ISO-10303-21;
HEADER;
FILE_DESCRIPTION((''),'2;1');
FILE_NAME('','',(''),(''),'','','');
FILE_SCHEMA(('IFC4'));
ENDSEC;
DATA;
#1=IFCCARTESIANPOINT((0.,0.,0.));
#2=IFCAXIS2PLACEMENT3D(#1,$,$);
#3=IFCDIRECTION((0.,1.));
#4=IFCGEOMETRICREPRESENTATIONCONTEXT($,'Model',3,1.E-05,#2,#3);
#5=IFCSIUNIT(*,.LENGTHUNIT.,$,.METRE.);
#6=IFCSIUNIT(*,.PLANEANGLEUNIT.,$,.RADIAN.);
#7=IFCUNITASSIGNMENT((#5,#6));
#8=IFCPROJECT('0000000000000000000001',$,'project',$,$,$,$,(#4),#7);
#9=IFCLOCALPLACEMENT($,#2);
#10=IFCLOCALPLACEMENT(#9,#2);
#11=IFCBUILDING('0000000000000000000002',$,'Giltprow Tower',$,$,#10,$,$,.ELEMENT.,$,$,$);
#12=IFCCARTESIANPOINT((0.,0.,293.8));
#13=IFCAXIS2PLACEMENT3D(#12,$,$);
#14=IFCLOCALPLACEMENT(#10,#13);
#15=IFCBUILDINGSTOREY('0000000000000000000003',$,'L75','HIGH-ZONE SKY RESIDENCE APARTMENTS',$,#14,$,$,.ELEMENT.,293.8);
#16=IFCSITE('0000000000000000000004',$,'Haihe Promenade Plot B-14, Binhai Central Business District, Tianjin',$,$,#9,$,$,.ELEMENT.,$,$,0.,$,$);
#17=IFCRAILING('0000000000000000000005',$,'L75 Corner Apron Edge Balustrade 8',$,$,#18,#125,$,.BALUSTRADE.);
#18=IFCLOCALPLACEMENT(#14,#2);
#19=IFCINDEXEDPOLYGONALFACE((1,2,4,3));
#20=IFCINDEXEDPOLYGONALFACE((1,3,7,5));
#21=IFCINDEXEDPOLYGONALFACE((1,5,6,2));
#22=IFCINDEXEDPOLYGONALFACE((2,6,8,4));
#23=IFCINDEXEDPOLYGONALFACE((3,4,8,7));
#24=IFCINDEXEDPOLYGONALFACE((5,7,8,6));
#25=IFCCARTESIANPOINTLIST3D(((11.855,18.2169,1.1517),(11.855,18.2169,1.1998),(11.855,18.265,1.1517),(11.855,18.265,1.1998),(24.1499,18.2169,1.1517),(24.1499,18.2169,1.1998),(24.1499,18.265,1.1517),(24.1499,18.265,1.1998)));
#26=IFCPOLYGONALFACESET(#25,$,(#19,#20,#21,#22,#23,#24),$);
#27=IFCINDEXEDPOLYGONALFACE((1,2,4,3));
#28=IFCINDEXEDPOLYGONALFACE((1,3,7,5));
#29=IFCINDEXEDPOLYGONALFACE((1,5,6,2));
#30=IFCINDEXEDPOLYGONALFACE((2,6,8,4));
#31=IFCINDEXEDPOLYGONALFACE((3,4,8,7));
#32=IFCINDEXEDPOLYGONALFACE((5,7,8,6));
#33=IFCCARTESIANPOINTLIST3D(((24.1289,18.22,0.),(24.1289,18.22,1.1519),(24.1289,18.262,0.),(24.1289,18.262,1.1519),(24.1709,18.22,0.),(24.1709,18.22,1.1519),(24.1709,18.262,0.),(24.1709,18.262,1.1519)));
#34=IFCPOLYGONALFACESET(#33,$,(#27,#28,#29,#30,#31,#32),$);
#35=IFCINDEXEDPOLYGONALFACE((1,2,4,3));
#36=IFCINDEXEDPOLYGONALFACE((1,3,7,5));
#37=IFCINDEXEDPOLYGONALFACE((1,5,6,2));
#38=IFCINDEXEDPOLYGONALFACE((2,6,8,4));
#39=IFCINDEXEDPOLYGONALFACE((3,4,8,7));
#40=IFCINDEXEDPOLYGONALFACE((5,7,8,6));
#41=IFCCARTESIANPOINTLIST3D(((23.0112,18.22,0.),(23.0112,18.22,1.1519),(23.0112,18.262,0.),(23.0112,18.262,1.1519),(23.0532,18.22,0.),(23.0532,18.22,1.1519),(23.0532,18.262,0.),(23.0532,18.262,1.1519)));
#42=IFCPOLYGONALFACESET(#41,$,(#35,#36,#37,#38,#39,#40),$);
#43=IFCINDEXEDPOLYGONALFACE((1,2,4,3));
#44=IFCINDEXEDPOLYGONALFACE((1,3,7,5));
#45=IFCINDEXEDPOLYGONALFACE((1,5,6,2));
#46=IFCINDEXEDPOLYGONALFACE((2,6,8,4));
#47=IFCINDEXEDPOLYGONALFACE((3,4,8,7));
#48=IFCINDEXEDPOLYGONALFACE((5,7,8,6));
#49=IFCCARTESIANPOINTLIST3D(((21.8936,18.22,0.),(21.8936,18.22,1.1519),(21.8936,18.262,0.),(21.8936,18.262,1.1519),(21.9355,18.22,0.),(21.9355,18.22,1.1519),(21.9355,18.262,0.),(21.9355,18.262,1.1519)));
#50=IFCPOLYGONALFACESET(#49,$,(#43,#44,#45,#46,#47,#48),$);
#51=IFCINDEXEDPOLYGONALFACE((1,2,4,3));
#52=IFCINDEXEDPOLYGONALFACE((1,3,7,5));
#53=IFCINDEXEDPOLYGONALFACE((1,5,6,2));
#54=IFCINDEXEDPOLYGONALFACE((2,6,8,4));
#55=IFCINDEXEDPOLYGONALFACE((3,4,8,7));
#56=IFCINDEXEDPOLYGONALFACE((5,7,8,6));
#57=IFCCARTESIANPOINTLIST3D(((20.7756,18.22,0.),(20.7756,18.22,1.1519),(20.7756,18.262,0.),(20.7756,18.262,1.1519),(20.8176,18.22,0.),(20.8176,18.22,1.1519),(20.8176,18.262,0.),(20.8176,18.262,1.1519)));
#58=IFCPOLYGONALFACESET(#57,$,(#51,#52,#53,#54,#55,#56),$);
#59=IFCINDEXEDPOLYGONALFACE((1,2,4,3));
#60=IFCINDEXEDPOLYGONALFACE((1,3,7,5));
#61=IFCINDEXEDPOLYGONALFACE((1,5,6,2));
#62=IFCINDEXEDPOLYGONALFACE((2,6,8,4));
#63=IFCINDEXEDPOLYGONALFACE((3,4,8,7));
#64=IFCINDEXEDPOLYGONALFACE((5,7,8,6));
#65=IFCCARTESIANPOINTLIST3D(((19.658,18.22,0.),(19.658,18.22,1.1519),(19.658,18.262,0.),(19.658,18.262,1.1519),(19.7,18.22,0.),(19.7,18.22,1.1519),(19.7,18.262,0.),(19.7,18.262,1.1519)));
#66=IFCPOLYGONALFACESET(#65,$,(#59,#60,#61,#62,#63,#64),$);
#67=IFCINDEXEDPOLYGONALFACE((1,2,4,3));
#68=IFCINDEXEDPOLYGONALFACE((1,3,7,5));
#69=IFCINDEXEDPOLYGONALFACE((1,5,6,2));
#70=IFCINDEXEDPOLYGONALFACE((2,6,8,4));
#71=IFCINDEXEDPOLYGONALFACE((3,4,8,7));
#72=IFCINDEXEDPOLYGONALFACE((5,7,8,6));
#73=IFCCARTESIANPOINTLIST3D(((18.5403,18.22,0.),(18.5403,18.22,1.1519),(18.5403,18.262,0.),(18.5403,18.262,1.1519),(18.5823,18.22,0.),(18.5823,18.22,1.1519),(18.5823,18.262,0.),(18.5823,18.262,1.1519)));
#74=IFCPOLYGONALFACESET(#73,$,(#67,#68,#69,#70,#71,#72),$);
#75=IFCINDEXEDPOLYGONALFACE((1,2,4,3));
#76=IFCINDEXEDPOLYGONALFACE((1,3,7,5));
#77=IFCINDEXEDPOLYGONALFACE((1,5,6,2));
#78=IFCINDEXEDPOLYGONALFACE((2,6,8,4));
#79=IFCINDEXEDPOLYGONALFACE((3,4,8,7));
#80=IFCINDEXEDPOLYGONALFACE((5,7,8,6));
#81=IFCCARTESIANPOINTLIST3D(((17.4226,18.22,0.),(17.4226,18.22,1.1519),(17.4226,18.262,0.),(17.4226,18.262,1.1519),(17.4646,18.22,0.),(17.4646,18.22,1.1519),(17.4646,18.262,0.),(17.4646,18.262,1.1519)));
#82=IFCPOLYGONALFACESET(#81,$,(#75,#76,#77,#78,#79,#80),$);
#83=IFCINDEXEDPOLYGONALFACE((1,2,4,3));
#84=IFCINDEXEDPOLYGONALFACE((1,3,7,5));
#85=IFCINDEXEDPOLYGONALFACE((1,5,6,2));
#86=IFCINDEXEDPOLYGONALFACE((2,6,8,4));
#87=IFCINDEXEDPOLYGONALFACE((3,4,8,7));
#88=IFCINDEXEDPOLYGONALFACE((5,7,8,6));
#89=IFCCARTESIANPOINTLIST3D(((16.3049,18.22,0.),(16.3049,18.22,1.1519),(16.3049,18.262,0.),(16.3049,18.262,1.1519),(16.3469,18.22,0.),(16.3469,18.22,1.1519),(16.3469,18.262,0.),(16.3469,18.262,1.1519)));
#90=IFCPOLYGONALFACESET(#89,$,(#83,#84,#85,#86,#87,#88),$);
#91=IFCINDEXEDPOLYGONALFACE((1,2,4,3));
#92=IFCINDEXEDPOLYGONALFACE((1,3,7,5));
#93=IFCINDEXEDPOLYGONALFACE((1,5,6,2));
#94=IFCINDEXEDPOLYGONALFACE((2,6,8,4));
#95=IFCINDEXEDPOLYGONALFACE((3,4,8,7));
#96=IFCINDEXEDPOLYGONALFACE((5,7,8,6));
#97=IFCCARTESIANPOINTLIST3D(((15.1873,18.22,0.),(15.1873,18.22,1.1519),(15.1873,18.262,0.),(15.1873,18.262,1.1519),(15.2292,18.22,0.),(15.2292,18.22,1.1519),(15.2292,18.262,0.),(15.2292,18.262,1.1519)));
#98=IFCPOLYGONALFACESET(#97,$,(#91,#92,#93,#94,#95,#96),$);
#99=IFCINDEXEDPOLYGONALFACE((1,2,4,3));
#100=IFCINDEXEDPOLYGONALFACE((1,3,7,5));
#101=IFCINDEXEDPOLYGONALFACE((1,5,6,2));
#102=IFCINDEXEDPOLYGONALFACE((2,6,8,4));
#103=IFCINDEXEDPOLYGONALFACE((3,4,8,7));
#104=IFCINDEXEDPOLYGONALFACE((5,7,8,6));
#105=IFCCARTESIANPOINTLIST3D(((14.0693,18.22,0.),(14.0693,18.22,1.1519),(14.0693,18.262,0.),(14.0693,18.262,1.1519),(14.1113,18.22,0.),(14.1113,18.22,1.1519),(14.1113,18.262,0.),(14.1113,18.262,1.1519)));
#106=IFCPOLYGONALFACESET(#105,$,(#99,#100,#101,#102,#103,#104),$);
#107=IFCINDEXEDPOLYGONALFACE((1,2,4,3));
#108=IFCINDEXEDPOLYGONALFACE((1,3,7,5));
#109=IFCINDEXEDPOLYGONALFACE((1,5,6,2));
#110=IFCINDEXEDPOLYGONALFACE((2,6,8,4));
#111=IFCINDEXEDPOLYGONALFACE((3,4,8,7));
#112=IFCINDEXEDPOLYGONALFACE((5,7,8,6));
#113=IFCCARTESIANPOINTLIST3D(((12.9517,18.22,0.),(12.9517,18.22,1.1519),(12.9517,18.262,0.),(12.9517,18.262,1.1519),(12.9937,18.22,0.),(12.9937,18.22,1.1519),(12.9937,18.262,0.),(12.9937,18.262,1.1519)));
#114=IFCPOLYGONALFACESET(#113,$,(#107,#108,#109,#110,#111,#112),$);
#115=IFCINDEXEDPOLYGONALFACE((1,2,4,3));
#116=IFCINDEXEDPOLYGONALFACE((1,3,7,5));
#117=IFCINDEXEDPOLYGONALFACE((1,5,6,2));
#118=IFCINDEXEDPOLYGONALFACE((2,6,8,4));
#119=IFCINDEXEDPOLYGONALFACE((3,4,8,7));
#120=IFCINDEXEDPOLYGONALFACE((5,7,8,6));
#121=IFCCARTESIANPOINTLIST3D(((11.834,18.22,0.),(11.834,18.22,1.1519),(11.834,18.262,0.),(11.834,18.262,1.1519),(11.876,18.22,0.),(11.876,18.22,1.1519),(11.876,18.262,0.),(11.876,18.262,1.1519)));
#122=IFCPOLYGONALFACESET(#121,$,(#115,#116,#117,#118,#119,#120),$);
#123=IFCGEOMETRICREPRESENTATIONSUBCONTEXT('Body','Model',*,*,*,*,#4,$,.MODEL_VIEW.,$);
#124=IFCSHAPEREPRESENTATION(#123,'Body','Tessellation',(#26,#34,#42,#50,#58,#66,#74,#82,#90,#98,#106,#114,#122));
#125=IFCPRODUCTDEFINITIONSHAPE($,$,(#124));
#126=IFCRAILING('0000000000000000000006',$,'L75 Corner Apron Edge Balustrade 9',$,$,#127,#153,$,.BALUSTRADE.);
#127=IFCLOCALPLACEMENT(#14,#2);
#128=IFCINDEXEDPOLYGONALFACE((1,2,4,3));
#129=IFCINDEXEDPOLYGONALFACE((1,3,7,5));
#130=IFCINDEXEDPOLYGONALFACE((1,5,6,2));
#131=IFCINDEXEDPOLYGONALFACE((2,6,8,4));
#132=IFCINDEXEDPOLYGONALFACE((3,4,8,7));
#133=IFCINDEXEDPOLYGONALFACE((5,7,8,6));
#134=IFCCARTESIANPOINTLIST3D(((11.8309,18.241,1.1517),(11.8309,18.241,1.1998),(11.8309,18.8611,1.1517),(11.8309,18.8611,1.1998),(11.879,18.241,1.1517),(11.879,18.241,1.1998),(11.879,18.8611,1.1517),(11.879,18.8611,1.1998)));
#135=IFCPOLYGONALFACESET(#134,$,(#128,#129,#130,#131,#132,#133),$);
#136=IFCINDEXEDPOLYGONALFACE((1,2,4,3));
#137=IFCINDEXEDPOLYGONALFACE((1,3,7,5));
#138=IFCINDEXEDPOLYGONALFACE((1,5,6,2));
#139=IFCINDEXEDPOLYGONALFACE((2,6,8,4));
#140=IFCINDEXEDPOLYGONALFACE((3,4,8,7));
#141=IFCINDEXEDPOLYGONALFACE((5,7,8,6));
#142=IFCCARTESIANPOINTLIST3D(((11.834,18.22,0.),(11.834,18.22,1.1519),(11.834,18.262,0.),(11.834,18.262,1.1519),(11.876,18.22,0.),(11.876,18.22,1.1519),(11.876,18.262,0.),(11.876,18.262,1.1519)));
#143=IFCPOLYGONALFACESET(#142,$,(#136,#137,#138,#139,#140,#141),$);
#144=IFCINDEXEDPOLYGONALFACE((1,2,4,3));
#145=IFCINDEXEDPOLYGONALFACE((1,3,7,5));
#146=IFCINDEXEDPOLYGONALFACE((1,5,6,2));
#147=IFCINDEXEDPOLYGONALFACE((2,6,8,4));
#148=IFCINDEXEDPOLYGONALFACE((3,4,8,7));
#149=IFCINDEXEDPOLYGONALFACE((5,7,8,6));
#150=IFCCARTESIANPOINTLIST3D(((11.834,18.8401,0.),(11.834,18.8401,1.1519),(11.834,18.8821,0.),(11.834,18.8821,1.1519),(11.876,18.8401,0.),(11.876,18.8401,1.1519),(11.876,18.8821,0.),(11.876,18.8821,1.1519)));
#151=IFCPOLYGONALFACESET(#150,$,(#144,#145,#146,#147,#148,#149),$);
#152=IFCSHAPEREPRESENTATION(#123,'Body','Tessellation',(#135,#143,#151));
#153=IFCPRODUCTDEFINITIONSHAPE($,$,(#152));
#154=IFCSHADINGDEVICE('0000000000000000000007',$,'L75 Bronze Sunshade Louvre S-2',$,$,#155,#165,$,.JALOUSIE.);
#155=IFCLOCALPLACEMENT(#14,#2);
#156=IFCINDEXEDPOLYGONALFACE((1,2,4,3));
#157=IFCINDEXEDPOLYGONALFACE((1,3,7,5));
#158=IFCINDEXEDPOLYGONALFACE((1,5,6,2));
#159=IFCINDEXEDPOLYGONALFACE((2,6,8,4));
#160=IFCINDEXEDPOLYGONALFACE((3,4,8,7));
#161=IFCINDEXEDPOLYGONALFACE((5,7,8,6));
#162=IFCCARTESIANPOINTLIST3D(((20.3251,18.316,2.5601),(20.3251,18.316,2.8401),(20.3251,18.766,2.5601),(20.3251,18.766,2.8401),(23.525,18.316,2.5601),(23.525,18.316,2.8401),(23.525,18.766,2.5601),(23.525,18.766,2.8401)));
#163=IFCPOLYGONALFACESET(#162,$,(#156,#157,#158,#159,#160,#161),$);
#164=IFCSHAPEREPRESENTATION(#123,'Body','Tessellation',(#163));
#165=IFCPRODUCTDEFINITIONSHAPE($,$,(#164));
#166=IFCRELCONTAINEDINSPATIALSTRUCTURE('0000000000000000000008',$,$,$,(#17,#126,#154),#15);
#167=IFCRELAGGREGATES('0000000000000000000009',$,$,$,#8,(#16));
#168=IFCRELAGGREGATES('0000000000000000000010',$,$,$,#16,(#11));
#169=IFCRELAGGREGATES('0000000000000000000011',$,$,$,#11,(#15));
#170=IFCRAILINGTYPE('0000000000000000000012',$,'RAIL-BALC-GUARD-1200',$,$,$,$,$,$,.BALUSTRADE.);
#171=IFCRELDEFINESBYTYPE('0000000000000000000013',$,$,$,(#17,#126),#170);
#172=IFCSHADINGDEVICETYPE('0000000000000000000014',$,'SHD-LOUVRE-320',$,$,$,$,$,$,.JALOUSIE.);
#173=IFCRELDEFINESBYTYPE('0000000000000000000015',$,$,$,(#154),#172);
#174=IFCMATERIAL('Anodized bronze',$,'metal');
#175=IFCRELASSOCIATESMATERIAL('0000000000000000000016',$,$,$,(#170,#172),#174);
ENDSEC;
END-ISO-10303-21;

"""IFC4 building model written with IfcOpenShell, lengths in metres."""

from ifc_helpers import new_model, si_unit, direction, frame, origin, origin_2d, place, context, subcontext, project, spatial, rectangle, extrude, source, transform, mapped, material, type_object, element, save


model = new_model("IFC4")

# Units and contexts
model_context = context("Model", 3, precision=1e-05, world=origin(), true_north=direction((0.0, 1.0)))
body_context = subcontext(model_context, "Body", "Model", "MODEL_VIEW")
ifc_project = project(units=[si_unit("LENGTHUNIT", "METRE"), si_unit("PLANEANGLEUNIT", "RADIAN")], contexts=[model_context])

# Site, building, storey
site_placement = place(None, origin())
site = spatial("IfcSite", under=ifc_project, at=site_placement, Name="Haihe Promenade Plot B-14, Binhai Central Business District, Tianjin", CompositionType="ELEMENT", RefElevation=0.0)
building_placement = place(site_placement, origin())
building = spatial("IfcBuilding", under=site, at=building_placement, Name="Giltprow Tower", CompositionType="ELEMENT")
storey_placement = place(building_placement, frame((0.0, 0.0, 293.8)))
storey = spatial("IfcBuildingStorey", under=building, at=storey_placement, Name="L75", Description="HIGH-ZONE SKY RESIDENCE APARTMENTS", CompositionType="ELEMENT", Elevation=293.8)

# Shared definitions
ifc_material_1 = material(Name="Anodized bronze", Category="metal")

# Railings
railing_type = type_object("IfcRailingType", Name="RAIL-BALC-GUARD-1200", PredefinedType="BALUSTRADE", material=ifc_material_1)
railing_1_placement = place(storey_placement, frame((24.1499, 18.241, 0.0)))
element("IfcRailing", 1, at=railing_1_placement, inside=storey, type_object=railing_type, Name="L75 Corner Apron Edge Balustrade 8", PredefinedType="BALUSTRADE", context=body_context, shape_type="SweptSolid", body=[
    extrude(rectangle(XDim=0.0481, YDim=0.0481, at=origin_2d()), frame((0.0, 0.0, 1.1758), z_axis=(-1.0, 0.0, 0.0), x_axis=(0.0, -1.0, 0.0)), (0.0, 0.0, 1.0), 12.2949),
    extrude(rectangle(XDim=0.042, YDim=0.042, at=origin_2d()), origin(), (0.0, 0.0, 1.0), 1.1519),
    extrude(rectangle(XDim=0.042, YDim=0.042, at=origin_2d()), frame((-1.1177, 0.0, 0.0)), (0.0, 0.0, 1.0), 1.1519),
    extrude(rectangle(XDim=0.042, YDim=0.042, at=origin_2d()), frame((-2.2354, 0.0, 0.0)), (0.0, 0.0, 1.0), 1.1519),
    extrude(rectangle(XDim=0.042, YDim=0.042, at=origin_2d()), frame((-3.3533, 0.0, 0.0)), (0.0, 0.0, 1.0), 1.1519),
    extrude(rectangle(XDim=0.042, YDim=0.042, at=origin_2d()), frame((-4.4709, 0.0, 0.0)), (0.0, 0.0, 1.0), 1.1519),
    extrude(rectangle(XDim=0.042, YDim=0.042, at=origin_2d()), frame((-5.5886, 0.0, 0.0)), (0.0, 0.0, 1.0), 1.1519),
    extrude(rectangle(XDim=0.042, YDim=0.042, at=origin_2d()), frame((-6.7063, 0.0, 0.0)), (0.0, 0.0, 1.0), 1.1519),
    extrude(rectangle(XDim=0.042, YDim=0.042, at=origin_2d()), frame((-7.824, 0.0, 0.0)), (0.0, 0.0, 1.0), 1.1519),
    extrude(rectangle(XDim=0.042, YDim=0.042, at=origin_2d()), frame((-8.9417, 0.0, 0.0)), (0.0, 0.0, 1.0), 1.1519),
    extrude(rectangle(XDim=0.042, YDim=0.042, at=origin_2d()), frame((-10.0596, 0.0, 0.0)), (0.0, 0.0, 1.0), 1.1519),
    extrude(rectangle(XDim=0.042, YDim=0.042, at=origin_2d()), frame((-11.1772, 0.0, 0.0)), (0.0, 0.0, 1.0), 1.1519),
    extrude(rectangle(XDim=0.042, YDim=0.042, at=origin_2d()), frame((-12.2949, 0.0, 0.0)), (0.0, 0.0, 1.0), 1.1519),
])
railing_2_placement = place(storey_placement, frame((11.855, 18.241, 0.0)))
element("IfcRailing", 2, at=railing_2_placement, inside=storey, type_object=railing_type, Name="L75 Corner Apron Edge Balustrade 9", PredefinedType="BALUSTRADE", context=body_context, shape_type="SweptSolid", body=[
    extrude(rectangle(XDim=0.0481, YDim=0.0481, at=origin_2d()), frame((0.0, 0.0, 1.1758), z_axis=(0.0, 1.0, 0.0), x_axis=(-1.0, 0.0, 0.0)), (0.0, 0.0, 1.0), 0.6201),
    extrude(rectangle(XDim=0.042, YDim=0.042, at=origin_2d()), origin(), (0.0, 0.0, 1.0), 1.1519),
    extrude(rectangle(XDim=0.042, YDim=0.042, at=origin_2d()), frame((0.0, 0.6201, 0.0)), (0.0, 0.0, 1.0), 1.1519),
])

# Shading device
shading_device_type = type_object("IfcShadingDeviceType", Name="SHD-LOUVRE-320", PredefinedType="JALOUSIE", material=ifc_material_1)
shared_shape_1 = source(origin(), body_context, "Body", "SweptSolid", [
    extrude(rectangle(XDim=3.2, YDim=0.45, at=origin_2d()), origin(), (0.0, 0.0, 1.0), 0.28),
])
shading_device_placement = place(storey_placement, frame((21.925, 18.541, 2.5601), z_axis=(0.0, 0.0, 1.0), x_axis=(1.0, 0.0, 0.0)))
element("IfcShadingDevice", 3, at=shading_device_placement, inside=storey, type_object=shading_device_type, Name="L75 Bronze Sunshade Louvre S-2", PredefinedType="JALOUSIE", context=body_context, shape_type="MappedRepresentation", body=[
    mapped(shared_shape_1, transform((0.0, 0.0, 0.0), x_axis=(1.0, 0.0, 0.0), y_axis=(0.0, 1.0, 0.0), z_axis=(0.0, 0.0, 1.0), scale=1.0)),
])

save(model, "model.ifc")
